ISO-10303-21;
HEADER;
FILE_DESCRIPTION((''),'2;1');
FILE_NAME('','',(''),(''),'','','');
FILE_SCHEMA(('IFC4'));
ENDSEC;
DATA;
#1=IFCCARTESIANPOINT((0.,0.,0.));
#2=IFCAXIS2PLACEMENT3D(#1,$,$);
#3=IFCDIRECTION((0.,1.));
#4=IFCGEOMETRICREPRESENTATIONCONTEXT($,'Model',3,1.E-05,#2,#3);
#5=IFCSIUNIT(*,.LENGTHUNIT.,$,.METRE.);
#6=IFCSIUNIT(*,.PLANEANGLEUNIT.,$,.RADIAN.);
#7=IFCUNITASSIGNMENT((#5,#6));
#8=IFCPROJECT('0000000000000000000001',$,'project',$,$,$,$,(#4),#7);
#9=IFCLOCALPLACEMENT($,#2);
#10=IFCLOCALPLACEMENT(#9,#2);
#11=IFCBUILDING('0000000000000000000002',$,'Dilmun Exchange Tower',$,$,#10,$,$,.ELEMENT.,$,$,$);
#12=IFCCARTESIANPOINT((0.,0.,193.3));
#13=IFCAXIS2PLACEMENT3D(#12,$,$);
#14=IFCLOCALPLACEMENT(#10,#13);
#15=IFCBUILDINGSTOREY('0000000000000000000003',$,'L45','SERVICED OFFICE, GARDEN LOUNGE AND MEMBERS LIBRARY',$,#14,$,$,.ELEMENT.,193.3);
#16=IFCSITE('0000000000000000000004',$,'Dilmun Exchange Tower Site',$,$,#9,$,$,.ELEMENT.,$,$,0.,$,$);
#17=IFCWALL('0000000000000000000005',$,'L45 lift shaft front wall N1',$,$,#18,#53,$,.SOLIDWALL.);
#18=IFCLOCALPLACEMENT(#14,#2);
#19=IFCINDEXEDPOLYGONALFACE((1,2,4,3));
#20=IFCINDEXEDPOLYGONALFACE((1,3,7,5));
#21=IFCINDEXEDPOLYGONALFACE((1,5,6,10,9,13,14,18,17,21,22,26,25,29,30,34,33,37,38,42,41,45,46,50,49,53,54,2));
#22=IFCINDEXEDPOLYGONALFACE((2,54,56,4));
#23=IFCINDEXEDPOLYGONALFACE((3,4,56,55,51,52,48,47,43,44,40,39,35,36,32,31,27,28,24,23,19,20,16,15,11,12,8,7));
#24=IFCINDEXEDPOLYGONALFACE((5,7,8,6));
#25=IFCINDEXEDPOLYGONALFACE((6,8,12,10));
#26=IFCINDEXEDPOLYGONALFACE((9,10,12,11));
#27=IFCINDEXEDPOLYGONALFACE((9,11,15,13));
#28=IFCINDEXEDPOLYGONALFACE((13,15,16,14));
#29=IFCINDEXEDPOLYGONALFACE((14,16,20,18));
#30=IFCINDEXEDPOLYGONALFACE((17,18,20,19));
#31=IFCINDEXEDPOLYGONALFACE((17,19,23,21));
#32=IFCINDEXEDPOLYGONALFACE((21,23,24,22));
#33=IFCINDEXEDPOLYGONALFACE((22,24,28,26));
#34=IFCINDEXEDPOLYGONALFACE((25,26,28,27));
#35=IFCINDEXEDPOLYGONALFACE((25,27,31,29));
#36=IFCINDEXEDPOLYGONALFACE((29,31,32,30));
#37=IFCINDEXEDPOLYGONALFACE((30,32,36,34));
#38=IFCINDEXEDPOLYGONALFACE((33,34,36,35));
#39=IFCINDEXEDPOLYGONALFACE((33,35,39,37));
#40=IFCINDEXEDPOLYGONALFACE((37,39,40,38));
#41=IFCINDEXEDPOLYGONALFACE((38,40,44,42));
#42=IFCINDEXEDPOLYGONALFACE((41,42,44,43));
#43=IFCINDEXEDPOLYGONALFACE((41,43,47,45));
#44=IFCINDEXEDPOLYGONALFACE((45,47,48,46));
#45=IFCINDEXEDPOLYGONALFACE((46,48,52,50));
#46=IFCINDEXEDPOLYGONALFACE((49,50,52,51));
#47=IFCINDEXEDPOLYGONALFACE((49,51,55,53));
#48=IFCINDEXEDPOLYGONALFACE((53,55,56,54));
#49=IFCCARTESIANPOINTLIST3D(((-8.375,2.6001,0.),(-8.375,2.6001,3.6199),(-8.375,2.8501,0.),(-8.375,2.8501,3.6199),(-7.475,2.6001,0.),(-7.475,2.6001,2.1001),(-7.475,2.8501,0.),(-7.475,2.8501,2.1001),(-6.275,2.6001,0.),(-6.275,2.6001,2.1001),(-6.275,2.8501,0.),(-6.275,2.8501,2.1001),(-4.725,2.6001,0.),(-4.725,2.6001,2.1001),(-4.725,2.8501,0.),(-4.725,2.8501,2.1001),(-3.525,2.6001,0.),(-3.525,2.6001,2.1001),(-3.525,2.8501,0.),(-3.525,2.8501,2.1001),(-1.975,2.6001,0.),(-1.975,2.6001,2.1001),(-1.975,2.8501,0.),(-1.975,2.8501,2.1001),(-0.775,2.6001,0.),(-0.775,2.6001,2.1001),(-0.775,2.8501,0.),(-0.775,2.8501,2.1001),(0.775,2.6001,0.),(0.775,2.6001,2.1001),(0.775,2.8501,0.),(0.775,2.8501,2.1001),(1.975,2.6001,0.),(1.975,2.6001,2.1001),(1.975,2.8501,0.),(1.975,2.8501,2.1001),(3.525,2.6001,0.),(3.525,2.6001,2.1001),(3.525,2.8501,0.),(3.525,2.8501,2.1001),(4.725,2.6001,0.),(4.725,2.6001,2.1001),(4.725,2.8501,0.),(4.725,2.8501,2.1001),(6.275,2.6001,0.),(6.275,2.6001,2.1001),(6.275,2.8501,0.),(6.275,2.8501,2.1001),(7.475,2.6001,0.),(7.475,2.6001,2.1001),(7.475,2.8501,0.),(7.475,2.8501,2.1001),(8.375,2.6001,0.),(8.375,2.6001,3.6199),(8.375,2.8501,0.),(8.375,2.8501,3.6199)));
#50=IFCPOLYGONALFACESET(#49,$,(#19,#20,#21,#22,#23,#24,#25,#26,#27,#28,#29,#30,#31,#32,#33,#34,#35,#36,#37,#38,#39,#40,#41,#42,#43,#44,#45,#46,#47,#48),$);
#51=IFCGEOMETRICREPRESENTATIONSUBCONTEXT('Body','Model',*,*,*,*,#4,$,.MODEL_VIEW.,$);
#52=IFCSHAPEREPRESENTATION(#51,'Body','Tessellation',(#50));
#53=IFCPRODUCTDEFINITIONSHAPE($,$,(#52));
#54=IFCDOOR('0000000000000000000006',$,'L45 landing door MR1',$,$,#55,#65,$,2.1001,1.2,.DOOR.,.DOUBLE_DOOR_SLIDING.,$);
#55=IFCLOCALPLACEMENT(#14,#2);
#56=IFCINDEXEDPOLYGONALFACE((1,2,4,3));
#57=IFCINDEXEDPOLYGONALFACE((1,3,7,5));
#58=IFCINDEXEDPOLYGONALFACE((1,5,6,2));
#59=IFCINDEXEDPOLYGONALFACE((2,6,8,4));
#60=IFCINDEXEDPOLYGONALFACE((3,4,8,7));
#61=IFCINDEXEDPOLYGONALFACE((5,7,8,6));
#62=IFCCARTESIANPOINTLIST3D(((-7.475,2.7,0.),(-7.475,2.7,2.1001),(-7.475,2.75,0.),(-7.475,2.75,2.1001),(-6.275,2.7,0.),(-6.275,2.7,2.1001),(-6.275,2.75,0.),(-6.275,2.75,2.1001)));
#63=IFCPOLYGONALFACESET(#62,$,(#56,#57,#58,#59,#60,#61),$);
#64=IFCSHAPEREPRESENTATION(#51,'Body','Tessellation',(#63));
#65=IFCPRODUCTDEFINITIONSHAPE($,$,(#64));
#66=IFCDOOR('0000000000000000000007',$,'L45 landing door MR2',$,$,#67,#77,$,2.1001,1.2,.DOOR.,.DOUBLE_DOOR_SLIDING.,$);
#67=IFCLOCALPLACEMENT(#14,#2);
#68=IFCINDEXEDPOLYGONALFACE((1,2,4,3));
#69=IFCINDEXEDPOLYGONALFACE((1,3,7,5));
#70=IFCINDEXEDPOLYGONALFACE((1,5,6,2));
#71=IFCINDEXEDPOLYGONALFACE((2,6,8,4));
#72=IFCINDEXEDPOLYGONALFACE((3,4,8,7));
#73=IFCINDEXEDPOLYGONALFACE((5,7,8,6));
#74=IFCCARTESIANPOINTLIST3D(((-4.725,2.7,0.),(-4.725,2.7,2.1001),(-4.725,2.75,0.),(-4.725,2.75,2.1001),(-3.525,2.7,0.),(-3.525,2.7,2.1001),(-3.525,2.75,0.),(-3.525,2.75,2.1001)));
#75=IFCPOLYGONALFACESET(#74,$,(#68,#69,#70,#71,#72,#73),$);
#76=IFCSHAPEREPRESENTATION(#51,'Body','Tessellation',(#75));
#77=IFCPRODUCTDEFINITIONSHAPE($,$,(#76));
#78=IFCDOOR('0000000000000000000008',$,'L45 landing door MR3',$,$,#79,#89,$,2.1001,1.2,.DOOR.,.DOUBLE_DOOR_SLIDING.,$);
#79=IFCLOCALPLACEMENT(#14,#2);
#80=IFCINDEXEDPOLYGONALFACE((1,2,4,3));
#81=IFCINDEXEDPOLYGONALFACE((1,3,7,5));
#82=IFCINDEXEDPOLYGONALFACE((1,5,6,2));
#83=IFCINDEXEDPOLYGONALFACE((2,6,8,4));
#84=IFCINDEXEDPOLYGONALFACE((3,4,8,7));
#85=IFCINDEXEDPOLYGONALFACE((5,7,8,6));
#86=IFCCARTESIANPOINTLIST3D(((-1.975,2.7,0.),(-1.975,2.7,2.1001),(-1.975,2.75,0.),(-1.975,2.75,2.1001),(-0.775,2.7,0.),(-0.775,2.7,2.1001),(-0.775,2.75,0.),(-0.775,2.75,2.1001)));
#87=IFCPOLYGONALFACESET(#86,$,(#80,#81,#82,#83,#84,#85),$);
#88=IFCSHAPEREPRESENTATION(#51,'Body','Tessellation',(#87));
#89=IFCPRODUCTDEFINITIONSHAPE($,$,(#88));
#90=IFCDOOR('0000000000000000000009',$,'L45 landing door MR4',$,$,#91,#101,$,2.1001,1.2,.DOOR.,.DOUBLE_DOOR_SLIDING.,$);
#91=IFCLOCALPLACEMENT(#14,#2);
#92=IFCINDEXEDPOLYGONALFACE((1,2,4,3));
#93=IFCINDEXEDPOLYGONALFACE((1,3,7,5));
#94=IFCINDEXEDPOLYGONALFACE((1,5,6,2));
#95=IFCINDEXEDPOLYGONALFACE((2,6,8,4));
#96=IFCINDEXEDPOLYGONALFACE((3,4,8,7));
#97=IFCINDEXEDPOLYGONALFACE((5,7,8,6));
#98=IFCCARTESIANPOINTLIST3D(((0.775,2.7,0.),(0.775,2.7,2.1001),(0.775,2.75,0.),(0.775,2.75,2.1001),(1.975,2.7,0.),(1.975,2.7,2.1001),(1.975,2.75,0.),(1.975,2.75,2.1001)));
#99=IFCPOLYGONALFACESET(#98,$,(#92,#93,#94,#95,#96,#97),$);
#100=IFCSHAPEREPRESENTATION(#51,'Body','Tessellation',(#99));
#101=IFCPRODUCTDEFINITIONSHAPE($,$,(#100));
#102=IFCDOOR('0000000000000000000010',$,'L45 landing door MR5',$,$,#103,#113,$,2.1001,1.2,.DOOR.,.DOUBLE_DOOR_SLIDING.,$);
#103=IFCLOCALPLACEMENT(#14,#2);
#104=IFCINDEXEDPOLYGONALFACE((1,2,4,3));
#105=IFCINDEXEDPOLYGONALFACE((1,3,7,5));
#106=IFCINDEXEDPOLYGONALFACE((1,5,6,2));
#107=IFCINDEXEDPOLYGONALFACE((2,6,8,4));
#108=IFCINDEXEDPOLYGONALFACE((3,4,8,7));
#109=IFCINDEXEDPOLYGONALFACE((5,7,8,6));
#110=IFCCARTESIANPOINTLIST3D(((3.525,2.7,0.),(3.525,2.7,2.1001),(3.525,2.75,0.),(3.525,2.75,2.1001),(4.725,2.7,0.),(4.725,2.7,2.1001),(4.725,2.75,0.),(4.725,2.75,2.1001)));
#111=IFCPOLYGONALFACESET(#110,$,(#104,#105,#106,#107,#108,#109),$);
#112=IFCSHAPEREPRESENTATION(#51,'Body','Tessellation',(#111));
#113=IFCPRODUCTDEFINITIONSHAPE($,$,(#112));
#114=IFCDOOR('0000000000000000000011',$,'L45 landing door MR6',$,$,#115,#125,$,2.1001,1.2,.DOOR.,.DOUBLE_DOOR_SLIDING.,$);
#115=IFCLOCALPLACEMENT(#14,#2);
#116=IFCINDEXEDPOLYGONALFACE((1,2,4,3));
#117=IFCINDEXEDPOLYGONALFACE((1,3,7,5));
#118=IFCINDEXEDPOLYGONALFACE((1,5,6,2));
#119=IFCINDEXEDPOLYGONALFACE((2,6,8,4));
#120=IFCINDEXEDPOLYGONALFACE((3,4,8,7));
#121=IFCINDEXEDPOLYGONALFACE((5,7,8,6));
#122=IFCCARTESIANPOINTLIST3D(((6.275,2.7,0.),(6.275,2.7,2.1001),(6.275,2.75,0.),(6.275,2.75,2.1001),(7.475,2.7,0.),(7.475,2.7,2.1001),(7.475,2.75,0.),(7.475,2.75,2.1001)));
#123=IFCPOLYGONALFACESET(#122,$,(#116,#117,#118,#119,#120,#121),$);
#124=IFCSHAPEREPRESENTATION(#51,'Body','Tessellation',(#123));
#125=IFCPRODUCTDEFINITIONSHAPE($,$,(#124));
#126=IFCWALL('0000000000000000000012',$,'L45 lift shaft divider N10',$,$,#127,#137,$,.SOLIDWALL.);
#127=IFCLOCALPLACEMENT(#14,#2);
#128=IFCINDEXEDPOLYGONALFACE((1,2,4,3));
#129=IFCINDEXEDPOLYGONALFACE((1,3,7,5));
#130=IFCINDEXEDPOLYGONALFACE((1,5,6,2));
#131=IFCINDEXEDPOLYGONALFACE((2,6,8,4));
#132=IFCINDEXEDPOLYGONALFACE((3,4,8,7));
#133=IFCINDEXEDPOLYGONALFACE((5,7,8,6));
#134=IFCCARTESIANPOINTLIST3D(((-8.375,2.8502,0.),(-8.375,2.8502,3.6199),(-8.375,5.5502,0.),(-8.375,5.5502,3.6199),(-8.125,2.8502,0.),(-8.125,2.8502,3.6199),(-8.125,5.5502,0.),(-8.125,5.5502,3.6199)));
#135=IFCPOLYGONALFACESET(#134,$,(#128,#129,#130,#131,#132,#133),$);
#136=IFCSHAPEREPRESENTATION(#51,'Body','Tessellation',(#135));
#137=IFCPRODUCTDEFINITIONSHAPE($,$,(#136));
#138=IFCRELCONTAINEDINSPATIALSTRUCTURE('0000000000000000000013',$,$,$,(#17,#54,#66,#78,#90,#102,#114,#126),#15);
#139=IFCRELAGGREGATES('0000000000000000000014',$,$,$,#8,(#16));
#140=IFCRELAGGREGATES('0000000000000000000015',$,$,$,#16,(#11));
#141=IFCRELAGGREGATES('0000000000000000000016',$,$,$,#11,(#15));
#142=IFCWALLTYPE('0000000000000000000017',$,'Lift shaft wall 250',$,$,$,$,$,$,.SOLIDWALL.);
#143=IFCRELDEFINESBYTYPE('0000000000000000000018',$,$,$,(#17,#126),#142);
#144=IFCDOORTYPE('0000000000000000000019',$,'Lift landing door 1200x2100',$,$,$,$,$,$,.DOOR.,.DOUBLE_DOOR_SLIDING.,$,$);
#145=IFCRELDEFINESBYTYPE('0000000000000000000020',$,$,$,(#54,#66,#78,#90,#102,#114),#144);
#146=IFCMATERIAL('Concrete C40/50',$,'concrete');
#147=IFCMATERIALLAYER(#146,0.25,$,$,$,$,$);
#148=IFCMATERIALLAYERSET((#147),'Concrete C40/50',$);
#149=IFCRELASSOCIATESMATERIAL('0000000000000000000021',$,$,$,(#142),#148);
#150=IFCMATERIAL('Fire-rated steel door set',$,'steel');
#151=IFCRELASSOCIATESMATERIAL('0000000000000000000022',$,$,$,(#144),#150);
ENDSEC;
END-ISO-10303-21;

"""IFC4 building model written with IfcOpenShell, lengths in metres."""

from ifc_helpers import new_model, si_unit, direction, frame, frame_2d, origin, place, context, subcontext, project, spatial, rectangle, extrude, material, layer, layer_set, type_object, element, fill, save


model = new_model("IFC4")

# Units and contexts
model_context = context("Model", 3, precision=1e-05, world=origin(), true_north=direction((0.0, 1.0)))
body_context = subcontext(model_context, "Body", "Model", "MODEL_VIEW")
ifc_project = project(units=[si_unit("LENGTHUNIT", "METRE"), si_unit("PLANEANGLEUNIT", "RADIAN")], contexts=[model_context])

# Site, building, storey
site_placement = place(None, origin())
site = spatial("IfcSite", under=ifc_project, at=site_placement, Name="Dilmun Exchange Tower Site", CompositionType="ELEMENT", RefElevation=0.0)
building_placement = place(site_placement, origin())
building = spatial("IfcBuilding", under=site, at=building_placement, Name="Dilmun Exchange Tower", CompositionType="ELEMENT")
storey_placement = place(building_placement, frame((0.0, 0.0, 193.3)))
storey = spatial("IfcBuildingStorey", under=building, at=storey_placement, Name="L45", Description="SERVICED OFFICE, GARDEN LOUNGE AND MEMBERS LIBRARY", CompositionType="ELEMENT", Elevation=193.3)

# Shared definitions
ifc_material_1 = material(Name="Concrete C40/50", Category="concrete")

# Shared definitions
ifc_material_2 = material(Name="Fire-rated steel door set", Category="steel")

# Wall, openings, doors
ifc_layer_1 = layer(ifc_material_1, 0.25)
ifc_layer_set_1 = layer_set([ifc_layer_1], Name="Concrete C40/50")
wall_type_1 = type_object("IfcWallType", Name="Lift shaft wall 250", PredefinedType="SOLIDWALL", material=ifc_layer_set_1)
wall_1_placement = place(storey_placement, frame((-8.375, 2.7251, 0.0), z_axis=(0.0, 0.0, 1.0), x_axis=(1.0, 0.0, 0.0)))
wall_1 = element("IfcWall", 1, at=wall_1_placement, inside=storey, type_object=wall_type_1, Name="L45 lift shaft front wall N1", PredefinedType="SOLIDWALL", context=body_context, shape_type="SweptSolid", body=[
    extrude(rectangle(XDim=16.75, YDim=0.25, at=frame_2d((8.375, 0.0))), origin(), (0.0, 0.0, 1.0), 3.6199),
])
opening_1_placement = place(wall_1_placement, frame((0.8999, 0.0, 0.0)))
opening_1 = element("IfcOpeningElement", 2, at=opening_1_placement, cuts=wall_1, PredefinedType="OPENING", context=body_context, shape_type="SweptSolid", body=[
    extrude(rectangle(XDim=1.2, YDim=2.1001, at=frame_2d((0.6001, 1.05))), frame((0.0, 0.135, 0.0), z_axis=(0.0, -1.0, 0.0), x_axis=(1.0, 0.0, 0.0)), (0.0, 0.0, 1.0), 0.27),
])
opening_2_placement = place(wall_1_placement, frame((3.6499, 0.0, 0.0)))
opening_2 = element("IfcOpeningElement", 3, at=opening_2_placement, cuts=wall_1, PredefinedType="OPENING", context=body_context, shape_type="SweptSolid", body=[
    extrude(rectangle(XDim=1.2, YDim=2.1001, at=frame_2d((0.6001, 1.05))), frame((0.0, 0.135, 0.0), z_axis=(0.0, -1.0, 0.0), x_axis=(1.0, 0.0, 0.0)), (0.0, 0.0, 1.0), 0.27),
])
opening_3_placement = place(wall_1_placement, frame((6.3999, 0.0, 0.0)))
opening_3 = element("IfcOpeningElement", 4, at=opening_3_placement, cuts=wall_1, PredefinedType="OPENING", context=body_context, shape_type="SweptSolid", body=[
    extrude(rectangle(XDim=1.2, YDim=2.1001, at=frame_2d((0.6001, 1.05))), frame((0.0, 0.135, 0.0), z_axis=(0.0, -1.0, 0.0), x_axis=(1.0, 0.0, 0.0)), (0.0, 0.0, 1.0), 0.27),
])
opening_4_placement = place(wall_1_placement, frame((9.1499, 0.0, 0.0)))
opening_4 = element("IfcOpeningElement", 5, at=opening_4_placement, cuts=wall_1, PredefinedType="OPENING", context=body_context, shape_type="SweptSolid", body=[
    extrude(rectangle(XDim=1.2, YDim=2.1001, at=frame_2d((0.6001, 1.05))), frame((0.0, 0.135, 0.0), z_axis=(0.0, -1.0, 0.0), x_axis=(1.0, 0.0, 0.0)), (0.0, 0.0, 1.0), 0.27),
])
opening_5_placement = place(wall_1_placement, frame((11.8999, 0.0, 0.0)))
opening_5 = element("IfcOpeningElement", 6, at=opening_5_placement, cuts=wall_1, PredefinedType="OPENING", context=body_context, shape_type="SweptSolid", body=[
    extrude(rectangle(XDim=1.2, YDim=2.1001, at=frame_2d((0.6001, 1.05))), frame((0.0, 0.135, 0.0), z_axis=(0.0, -1.0, 0.0), x_axis=(1.0, 0.0, 0.0)), (0.0, 0.0, 1.0), 0.27),
])
opening_6_placement = place(wall_1_placement, frame((14.6499, 0.0, 0.0)))
opening_6 = element("IfcOpeningElement", 7, at=opening_6_placement, cuts=wall_1, PredefinedType="OPENING", context=body_context, shape_type="SweptSolid", body=[
    extrude(rectangle(XDim=1.2, YDim=2.1001, at=frame_2d((0.6001, 1.05))), frame((0.0, 0.135, 0.0), z_axis=(0.0, -1.0, 0.0), x_axis=(1.0, 0.0, 0.0)), (0.0, 0.0, 1.0), 0.27),
])
door_type_1 = type_object("IfcDoorType", Name="Lift landing door 1200x2100", OperationType="DOUBLE_DOOR_SLIDING", PredefinedType="DOOR", material=ifc_material_2)
door_1_placement = place(opening_1_placement, origin())
door_1 = element("IfcDoor", 8, at=door_1_placement, inside=storey, type_object=door_type_1, Name="L45 landing door MR1", OperationType="DOUBLE_DOOR_SLIDING", OverallHeight=2.1001, OverallWidth=1.2, PredefinedType="DOOR", context=body_context, shape_type="SweptSolid", body=[
    extrude(rectangle(XDim=1.2, YDim=2.1001, at=frame_2d((0.6001, 1.05))), frame((0.0, 0.0249, 0.0), z_axis=(0.0, -1.0, 0.0), x_axis=(1.0, 0.0, 0.0)), (0.0, 0.0, 1.0), 0.05),
])
fill(opening_1, door_1)
door_2_placement = place(opening_2_placement, origin())
door_2 = element("IfcDoor", 9, at=door_2_placement, inside=storey, type_object=door_type_1, Name="L45 landing door MR2", OperationType="DOUBLE_DOOR_SLIDING", OverallHeight=2.1001, OverallWidth=1.2, PredefinedType="DOOR", context=body_context, shape_type="SweptSolid", body=[
    extrude(rectangle(XDim=1.2, YDim=2.1001, at=frame_2d((0.6001, 1.05))), frame((0.0, 0.0249, 0.0), z_axis=(0.0, -1.0, 0.0), x_axis=(1.0, 0.0, 0.0)), (0.0, 0.0, 1.0), 0.05),
])
fill(opening_2, door_2)
door_3_placement = place(opening_3_placement, origin())
door_3 = element("IfcDoor", 10, at=door_3_placement, inside=storey, type_object=door_type_1, Name="L45 landing door MR3", OperationType="DOUBLE_DOOR_SLIDING", OverallHeight=2.1001, OverallWidth=1.2, PredefinedType="DOOR", context=body_context, shape_type="SweptSolid", body=[
    extrude(rectangle(XDim=1.2, YDim=2.1001, at=frame_2d((0.6001, 1.05))), frame((0.0, 0.0249, 0.0), z_axis=(0.0, -1.0, 0.0), x_axis=(1.0, 0.0, 0.0)), (0.0, 0.0, 1.0), 0.05),
])
fill(opening_3, door_3)
door_4_placement = place(opening_4_placement, origin())
door_4 = element("IfcDoor", 11, at=door_4_placement, inside=storey, type_object=door_type_1, Name="L45 landing door MR4", OperationType="DOUBLE_DOOR_SLIDING", OverallHeight=2.1001, OverallWidth=1.2, PredefinedType="DOOR", context=body_context, shape_type="SweptSolid", body=[
    extrude(rectangle(XDim=1.2, YDim=2.1001, at=frame_2d((0.6001, 1.05))), frame((0.0, 0.0249, 0.0), z_axis=(0.0, -1.0, 0.0), x_axis=(1.0, 0.0, 0.0)), (0.0, 0.0, 1.0), 0.05),
])
fill(opening_4, door_4)
door_5_placement = place(opening_5_placement, origin())
door_5 = element("IfcDoor", 12, at=door_5_placement, inside=storey, type_object=door_type_1, Name="L45 landing door MR5", OperationType="DOUBLE_DOOR_SLIDING", OverallHeight=2.1001, OverallWidth=1.2, PredefinedType="DOOR", context=body_context, shape_type="SweptSolid", body=[
    extrude(rectangle(XDim=1.2, YDim=2.1001, at=frame_2d((0.6001, 1.05))), frame((0.0, 0.0249, 0.0), z_axis=(0.0, -1.0, 0.0), x_axis=(1.0, 0.0, 0.0)), (0.0, 0.0, 1.0), 0.05),
])
fill(opening_5, door_5)
door_6_placement = place(opening_6_placement, origin())
door_6 = element("IfcDoor", 13, at=door_6_placement, inside=storey, type_object=door_type_1, Name="L45 landing door MR6", OperationType="DOUBLE_DOOR_SLIDING", OverallHeight=2.1001, OverallWidth=1.2, PredefinedType="DOOR", context=body_context, shape_type="SweptSolid", body=[
    extrude(rectangle(XDim=1.2, YDim=2.1001, at=frame_2d((0.6001, 1.05))), frame((0.0, 0.0249, 0.0), z_axis=(0.0, -1.0, 0.0), x_axis=(1.0, 0.0, 0.0)), (0.0, 0.0, 1.0), 0.05),
])
fill(opening_6, door_6)

# Wall
wall_2_placement = place(storey_placement, frame((-8.25, 2.8501, 0.0), z_axis=(0.0, 0.0, 1.0), x_axis=(0.0, 1.0, 0.0)))
element("IfcWall", 14, at=wall_2_placement, inside=storey, type_object=wall_type_1, Name="L45 lift shaft divider N10", PredefinedType="SOLIDWALL", context=body_context, shape_type="SweptSolid", body=[
    extrude(rectangle(XDim=2.7, YDim=0.25, at=frame_2d((1.3501, 0.0))), origin(), (0.0, 0.0, 1.0), 3.6199),
])

save(model, "model.ifc")
